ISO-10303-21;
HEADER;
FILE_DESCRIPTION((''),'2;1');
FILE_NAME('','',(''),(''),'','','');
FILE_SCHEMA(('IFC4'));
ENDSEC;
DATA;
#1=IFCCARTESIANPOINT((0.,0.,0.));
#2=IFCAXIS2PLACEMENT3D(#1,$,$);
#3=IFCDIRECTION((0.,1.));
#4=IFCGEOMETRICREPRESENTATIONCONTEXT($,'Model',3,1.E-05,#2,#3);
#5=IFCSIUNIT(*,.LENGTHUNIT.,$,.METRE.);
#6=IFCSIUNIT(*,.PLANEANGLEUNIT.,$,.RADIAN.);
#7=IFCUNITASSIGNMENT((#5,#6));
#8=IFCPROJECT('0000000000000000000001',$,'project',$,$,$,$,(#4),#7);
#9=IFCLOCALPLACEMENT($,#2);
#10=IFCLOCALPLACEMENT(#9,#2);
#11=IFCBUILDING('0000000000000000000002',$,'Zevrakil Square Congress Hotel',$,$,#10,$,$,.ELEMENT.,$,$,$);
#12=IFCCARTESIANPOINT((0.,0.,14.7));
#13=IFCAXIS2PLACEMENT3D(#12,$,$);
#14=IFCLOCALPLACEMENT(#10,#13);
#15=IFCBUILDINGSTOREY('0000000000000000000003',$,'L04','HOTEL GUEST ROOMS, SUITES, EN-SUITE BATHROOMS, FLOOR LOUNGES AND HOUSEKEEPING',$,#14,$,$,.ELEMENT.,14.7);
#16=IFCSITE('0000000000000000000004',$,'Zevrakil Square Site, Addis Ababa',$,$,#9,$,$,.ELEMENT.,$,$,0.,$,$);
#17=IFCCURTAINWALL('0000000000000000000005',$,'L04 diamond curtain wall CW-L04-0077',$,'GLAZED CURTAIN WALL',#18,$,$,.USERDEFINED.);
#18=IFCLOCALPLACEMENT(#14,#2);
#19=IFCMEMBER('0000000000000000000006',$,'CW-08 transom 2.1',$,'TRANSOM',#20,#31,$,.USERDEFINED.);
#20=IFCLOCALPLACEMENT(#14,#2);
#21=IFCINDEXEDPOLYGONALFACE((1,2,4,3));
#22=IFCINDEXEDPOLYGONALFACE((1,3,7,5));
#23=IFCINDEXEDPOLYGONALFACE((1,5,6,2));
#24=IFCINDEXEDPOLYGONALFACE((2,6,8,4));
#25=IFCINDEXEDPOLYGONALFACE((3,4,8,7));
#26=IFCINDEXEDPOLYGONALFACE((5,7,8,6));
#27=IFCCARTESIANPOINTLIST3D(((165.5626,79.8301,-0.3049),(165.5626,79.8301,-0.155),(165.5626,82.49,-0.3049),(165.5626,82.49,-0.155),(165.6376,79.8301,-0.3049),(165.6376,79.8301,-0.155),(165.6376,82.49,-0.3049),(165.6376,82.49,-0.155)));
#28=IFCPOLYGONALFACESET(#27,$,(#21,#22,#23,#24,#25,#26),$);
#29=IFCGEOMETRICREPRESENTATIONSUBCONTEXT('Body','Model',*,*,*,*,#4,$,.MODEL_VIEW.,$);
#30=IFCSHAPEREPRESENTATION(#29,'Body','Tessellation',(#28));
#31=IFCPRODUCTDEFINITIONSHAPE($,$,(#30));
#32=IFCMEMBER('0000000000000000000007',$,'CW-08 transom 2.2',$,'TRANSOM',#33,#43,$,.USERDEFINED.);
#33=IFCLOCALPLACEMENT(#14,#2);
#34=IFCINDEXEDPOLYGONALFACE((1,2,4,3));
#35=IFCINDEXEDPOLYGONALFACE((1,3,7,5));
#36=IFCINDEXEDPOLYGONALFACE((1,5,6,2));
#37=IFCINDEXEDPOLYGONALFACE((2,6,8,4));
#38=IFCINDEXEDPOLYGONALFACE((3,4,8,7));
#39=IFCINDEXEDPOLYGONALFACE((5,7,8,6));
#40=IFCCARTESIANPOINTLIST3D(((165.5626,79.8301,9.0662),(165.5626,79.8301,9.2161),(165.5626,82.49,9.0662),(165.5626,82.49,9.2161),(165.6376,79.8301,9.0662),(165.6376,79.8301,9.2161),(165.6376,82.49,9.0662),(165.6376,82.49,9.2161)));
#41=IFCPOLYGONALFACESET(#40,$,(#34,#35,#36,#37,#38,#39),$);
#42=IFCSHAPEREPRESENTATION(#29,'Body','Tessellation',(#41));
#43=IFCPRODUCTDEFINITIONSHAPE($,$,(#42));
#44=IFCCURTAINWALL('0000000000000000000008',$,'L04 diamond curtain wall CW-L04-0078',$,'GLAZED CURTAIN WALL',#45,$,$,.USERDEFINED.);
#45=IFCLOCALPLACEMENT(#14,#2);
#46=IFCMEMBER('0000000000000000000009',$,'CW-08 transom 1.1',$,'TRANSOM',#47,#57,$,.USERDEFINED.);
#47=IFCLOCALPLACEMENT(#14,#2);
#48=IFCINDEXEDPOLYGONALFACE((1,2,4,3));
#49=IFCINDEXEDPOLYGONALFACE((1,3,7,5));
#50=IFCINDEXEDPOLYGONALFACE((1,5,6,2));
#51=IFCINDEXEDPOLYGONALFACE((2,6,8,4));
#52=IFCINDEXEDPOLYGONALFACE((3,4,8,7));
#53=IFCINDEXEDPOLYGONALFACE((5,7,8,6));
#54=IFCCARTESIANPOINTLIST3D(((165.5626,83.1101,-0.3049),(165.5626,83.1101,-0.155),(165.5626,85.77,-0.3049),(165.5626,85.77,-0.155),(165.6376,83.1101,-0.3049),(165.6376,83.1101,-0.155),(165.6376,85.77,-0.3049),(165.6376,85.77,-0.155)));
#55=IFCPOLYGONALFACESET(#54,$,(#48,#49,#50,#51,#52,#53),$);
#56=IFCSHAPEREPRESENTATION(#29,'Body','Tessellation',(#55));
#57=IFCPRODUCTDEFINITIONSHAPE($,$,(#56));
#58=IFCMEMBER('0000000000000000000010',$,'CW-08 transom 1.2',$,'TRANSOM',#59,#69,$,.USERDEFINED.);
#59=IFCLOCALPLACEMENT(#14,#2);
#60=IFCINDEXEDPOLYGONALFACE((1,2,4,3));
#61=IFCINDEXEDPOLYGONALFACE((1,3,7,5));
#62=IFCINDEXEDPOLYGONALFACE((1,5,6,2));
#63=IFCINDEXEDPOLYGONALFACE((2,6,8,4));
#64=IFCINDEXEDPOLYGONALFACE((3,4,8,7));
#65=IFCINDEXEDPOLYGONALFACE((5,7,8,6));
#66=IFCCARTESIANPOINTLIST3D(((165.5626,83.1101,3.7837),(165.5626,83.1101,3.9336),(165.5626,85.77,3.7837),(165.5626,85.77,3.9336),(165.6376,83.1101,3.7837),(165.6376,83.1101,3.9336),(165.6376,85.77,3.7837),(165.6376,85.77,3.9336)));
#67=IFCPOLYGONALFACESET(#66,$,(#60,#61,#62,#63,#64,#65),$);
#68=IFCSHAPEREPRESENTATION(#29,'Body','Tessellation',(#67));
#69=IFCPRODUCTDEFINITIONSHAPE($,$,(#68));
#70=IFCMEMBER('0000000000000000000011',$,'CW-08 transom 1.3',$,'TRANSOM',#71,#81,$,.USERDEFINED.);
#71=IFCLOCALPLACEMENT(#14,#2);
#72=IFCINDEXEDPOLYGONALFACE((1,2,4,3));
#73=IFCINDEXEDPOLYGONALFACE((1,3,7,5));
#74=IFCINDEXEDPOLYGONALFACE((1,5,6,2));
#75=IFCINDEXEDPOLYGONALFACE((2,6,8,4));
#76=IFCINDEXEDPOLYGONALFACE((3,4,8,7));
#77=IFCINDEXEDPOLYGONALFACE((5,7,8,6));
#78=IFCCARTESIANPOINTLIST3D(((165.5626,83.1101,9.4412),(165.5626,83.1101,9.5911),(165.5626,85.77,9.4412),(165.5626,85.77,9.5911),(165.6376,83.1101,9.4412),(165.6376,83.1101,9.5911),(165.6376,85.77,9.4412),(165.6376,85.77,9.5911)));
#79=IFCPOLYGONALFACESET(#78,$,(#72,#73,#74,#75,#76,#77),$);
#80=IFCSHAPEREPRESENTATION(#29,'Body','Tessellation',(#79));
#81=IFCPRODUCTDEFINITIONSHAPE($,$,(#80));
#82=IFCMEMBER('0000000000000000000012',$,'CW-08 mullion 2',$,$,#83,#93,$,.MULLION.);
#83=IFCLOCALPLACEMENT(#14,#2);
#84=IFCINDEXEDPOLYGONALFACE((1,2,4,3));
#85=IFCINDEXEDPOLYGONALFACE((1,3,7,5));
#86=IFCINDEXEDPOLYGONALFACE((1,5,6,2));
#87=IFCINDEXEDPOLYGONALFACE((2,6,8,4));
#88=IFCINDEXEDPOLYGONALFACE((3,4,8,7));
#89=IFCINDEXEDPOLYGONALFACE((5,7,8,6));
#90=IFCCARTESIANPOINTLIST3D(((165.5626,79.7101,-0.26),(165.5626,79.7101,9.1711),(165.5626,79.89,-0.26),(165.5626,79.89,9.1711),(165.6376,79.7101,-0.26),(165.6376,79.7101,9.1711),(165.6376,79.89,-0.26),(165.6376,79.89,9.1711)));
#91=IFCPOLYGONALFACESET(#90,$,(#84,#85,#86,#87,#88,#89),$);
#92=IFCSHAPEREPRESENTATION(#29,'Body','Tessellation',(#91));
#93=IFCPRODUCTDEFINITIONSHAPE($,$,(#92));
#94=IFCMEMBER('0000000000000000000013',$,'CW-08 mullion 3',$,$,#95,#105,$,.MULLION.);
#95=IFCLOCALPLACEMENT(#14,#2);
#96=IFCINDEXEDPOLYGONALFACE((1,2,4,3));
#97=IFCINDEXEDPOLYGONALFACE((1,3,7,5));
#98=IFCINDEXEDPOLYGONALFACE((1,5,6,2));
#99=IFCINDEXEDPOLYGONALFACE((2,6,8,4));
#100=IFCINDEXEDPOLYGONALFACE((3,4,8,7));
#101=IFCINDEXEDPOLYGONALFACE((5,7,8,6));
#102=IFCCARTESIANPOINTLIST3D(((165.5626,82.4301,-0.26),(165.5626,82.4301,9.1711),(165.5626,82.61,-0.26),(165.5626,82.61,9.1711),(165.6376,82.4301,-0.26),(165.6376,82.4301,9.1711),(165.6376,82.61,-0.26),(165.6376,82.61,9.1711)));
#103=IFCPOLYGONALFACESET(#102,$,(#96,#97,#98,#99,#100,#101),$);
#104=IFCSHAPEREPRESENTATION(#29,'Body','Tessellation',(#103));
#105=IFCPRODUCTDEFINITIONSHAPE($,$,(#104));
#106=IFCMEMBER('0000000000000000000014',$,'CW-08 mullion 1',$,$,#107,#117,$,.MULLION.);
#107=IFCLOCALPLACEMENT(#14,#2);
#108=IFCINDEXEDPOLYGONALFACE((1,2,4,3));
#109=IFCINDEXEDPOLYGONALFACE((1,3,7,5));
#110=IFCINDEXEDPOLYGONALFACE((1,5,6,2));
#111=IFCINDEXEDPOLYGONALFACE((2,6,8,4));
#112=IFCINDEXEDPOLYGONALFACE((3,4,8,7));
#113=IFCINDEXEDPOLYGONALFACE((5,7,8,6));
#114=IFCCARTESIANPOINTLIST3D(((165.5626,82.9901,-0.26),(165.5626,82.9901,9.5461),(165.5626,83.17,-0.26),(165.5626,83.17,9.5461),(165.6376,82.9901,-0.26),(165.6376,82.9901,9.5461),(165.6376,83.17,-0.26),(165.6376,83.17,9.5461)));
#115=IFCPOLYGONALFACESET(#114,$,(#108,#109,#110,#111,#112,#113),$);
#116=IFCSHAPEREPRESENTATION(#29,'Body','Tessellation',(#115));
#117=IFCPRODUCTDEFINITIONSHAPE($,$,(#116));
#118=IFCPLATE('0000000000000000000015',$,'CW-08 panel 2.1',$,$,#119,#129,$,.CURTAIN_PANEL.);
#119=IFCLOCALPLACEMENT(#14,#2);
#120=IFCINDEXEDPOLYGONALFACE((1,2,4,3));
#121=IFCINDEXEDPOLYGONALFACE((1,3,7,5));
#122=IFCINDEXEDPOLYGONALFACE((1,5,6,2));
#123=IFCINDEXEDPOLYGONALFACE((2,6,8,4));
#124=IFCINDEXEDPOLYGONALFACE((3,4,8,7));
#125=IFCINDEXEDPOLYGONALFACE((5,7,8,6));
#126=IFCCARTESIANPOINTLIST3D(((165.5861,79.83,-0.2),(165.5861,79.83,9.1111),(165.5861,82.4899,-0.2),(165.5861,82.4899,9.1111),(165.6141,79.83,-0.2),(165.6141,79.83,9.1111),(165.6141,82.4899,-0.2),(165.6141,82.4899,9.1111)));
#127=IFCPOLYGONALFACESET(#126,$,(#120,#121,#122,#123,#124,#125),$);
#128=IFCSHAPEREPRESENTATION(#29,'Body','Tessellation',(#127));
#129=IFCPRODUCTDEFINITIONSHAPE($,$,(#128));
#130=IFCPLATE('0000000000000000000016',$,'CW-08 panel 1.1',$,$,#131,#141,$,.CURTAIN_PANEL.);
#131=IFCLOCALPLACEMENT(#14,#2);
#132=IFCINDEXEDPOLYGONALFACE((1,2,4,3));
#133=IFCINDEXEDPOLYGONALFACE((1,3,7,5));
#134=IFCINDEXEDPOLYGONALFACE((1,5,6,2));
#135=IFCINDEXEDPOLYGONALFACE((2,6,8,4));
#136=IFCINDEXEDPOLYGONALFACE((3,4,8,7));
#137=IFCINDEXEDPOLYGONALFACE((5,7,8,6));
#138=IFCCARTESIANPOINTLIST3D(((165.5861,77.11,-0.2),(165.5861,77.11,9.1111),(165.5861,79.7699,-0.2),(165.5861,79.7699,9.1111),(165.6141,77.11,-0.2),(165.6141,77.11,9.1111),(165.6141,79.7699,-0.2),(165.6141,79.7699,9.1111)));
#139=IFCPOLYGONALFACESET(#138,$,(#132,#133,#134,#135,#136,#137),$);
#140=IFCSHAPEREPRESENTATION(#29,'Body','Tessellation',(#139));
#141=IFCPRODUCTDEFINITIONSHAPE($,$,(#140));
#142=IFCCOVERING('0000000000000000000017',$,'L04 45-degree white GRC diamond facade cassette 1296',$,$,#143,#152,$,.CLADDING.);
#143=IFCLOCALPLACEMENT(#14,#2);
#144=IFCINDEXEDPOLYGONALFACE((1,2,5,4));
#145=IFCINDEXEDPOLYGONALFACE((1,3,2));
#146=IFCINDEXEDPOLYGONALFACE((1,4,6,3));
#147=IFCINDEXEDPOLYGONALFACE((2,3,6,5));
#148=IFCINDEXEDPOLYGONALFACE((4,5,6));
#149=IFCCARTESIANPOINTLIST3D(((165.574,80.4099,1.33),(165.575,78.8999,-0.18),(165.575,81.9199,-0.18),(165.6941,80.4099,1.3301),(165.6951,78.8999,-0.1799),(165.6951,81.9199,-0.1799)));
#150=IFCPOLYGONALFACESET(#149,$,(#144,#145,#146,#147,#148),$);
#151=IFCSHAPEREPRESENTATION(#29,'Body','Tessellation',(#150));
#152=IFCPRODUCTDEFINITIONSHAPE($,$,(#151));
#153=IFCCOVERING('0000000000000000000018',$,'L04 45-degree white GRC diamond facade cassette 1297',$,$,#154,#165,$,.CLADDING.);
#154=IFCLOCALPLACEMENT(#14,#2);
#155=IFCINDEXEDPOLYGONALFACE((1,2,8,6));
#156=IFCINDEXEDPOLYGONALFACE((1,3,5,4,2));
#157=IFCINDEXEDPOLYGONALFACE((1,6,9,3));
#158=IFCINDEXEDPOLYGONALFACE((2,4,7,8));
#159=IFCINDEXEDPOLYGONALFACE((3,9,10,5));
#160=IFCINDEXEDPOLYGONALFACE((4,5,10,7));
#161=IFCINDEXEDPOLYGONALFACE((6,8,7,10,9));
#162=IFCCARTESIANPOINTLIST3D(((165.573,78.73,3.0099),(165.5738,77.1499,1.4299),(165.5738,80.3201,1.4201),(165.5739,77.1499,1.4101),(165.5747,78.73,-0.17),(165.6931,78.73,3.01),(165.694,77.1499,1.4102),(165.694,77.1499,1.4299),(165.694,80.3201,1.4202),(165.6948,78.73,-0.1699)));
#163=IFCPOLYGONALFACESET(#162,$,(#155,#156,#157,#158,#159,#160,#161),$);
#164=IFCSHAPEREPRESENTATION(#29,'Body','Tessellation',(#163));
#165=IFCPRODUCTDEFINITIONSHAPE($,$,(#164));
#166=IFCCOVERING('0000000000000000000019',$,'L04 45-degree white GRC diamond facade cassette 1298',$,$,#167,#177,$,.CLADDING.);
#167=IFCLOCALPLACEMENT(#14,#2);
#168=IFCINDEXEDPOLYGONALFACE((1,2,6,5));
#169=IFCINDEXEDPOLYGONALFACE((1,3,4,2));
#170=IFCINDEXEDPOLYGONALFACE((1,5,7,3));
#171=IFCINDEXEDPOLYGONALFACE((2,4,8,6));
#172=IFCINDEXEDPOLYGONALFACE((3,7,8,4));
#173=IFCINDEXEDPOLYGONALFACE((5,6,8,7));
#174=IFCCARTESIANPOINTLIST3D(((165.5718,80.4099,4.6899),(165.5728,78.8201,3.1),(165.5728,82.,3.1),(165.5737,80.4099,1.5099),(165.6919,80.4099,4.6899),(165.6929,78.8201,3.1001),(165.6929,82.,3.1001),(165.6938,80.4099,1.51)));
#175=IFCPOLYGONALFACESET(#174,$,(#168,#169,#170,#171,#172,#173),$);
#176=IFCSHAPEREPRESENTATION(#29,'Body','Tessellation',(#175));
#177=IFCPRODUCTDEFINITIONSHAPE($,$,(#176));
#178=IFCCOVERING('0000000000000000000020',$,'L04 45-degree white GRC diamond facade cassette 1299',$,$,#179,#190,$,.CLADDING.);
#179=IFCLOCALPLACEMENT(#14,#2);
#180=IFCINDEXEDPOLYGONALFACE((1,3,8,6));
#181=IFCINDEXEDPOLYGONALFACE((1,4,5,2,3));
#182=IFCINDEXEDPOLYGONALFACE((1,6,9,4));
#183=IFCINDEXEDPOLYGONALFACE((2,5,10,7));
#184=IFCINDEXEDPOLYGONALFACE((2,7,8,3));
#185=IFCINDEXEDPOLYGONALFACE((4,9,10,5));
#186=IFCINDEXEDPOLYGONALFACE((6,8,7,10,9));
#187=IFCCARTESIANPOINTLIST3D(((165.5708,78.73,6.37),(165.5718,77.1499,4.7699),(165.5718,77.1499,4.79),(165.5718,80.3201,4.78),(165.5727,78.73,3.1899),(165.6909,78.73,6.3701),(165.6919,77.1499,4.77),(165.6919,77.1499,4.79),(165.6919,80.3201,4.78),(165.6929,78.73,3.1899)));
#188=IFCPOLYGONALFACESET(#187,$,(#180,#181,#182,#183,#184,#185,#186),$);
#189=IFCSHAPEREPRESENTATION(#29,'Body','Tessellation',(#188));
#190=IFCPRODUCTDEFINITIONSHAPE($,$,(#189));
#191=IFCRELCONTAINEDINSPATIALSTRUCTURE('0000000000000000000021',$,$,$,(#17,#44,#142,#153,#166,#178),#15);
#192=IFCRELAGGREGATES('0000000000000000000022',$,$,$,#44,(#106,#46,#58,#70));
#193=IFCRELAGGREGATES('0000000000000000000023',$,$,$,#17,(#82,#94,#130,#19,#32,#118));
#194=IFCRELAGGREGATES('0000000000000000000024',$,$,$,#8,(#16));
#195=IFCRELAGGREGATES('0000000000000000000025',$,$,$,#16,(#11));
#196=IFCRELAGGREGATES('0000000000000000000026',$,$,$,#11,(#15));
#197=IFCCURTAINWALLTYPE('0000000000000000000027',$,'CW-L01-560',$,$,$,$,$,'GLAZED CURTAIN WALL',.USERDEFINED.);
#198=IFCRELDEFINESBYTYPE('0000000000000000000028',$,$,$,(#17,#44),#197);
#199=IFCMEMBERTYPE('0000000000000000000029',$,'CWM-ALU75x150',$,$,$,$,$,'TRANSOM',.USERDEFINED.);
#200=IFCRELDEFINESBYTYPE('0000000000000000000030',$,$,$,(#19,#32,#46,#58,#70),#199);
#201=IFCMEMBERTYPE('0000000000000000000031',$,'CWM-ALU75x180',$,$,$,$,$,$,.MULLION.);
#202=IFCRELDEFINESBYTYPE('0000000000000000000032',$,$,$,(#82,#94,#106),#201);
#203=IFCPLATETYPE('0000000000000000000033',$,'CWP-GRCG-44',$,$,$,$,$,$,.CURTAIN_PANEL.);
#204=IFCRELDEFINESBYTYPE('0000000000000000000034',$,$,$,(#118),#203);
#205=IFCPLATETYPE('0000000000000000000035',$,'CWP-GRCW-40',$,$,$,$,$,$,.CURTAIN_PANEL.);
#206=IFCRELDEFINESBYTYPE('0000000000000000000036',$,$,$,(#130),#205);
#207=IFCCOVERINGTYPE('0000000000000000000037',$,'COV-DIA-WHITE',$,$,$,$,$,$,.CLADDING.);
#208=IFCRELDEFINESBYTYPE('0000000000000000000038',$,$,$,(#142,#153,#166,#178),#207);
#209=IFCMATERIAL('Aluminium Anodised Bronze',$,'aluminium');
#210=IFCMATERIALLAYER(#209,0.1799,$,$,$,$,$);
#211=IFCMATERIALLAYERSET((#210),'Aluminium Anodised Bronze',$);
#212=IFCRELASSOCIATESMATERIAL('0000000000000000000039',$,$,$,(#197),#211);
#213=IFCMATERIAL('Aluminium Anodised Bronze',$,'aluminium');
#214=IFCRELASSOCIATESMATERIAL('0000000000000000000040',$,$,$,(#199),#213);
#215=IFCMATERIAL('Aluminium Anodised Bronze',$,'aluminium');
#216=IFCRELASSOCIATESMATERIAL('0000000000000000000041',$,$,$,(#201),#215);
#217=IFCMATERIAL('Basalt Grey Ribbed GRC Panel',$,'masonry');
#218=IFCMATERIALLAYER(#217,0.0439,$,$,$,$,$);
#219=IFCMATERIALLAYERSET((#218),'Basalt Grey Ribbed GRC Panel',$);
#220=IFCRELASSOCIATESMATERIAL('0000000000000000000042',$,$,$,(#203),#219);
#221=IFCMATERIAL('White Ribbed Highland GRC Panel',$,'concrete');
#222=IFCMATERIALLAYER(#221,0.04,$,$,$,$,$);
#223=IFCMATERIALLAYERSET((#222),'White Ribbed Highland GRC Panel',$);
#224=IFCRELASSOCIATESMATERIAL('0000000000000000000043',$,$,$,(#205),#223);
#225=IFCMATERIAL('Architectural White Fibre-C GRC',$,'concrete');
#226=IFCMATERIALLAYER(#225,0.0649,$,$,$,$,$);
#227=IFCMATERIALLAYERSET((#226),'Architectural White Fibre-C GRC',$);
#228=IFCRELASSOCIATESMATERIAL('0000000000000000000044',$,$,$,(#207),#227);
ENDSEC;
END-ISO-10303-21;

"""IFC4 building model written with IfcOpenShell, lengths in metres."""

from ifc_helpers import new_model, si_unit, direction, frame, origin, origin_2d, place, context, subcontext, project, spatial, polyline, rectangle, outline, extrude, material, layer, layer_set, material_profile, profile_set, type_object, element, aggregate, save


model = new_model("IFC4")

# Units and contexts
model_context = context("Model", 3, precision=1e-05, world=origin(), true_north=direction((0.0, 1.0)))
body_context = subcontext(model_context, "Body", "Model", "MODEL_VIEW")
ifc_project = project(units=[si_unit("LENGTHUNIT", "METRE"), si_unit("PLANEANGLEUNIT", "RADIAN")], contexts=[model_context])

# Site, building, storey
site_placement = place(None, origin())
site = spatial("IfcSite", under=ifc_project, at=site_placement, Name="Zevrakil Square Site, Addis Ababa", CompositionType="ELEMENT", RefElevation=0.0)
building_placement = place(site_placement, origin())
building = spatial("IfcBuilding", under=site, at=building_placement, Name="Zevrakil Square Congress Hotel", CompositionType="ELEMENT")
storey_placement = place(building_placement, frame((0.0, 0.0, 14.7)))
storey = spatial("IfcBuildingStorey", under=building, at=storey_placement, Name="L04", Description="HOTEL GUEST ROOMS, SUITES, EN-SUITE BATHROOMS, FLOOR LOUNGES AND HOUSEKEEPING", CompositionType="ELEMENT", Elevation=14.7)

# Curtain walls, members
ifc_material_1 = material(Name="Aluminium Anodised Bronze", Category="aluminium")
ifc_layer_1 = layer(ifc_material_1, 0.1799)
ifc_layer_set_1 = layer_set([ifc_layer_1], Name="Aluminium Anodised Bronze")
curtain_wall_type = type_object("IfcCurtainWallType", Name="CW-L01-560", ElementType="GLAZED CURTAIN WALL", PredefinedType="USERDEFINED", material=ifc_layer_set_1)
curtain_wall_1_placement = place(storey_placement, origin())
curtain_wall_1 = element("IfcCurtainWall", 1, at=curtain_wall_1_placement, inside=storey, type_object=curtain_wall_type, Name="L04 diamond curtain wall CW-L04-0077", ObjectType="GLAZED CURTAIN WALL", PredefinedType="USERDEFINED")
ifc_material_2 = material(Name="Aluminium Anodised Bronze", Category="aluminium")
ifc_material_profile_1 = material_profile(ifc_material_2, rectangle(XDim=0.075, YDim=0.1499, at=origin_2d()), Name="ALU 75x150")
ifc_profile_set_1 = profile_set([ifc_material_profile_1], Name="Aluminium Anodised Bronze")
member_type_1 = type_object("IfcMemberType", Name="CWM-ALU75x150", ElementType="TRANSOM", PredefinedType="USERDEFINED", material=ifc_profile_set_1)
member_1_placement = place(storey_placement, frame((165.6001, 79.8301, -0.23), z_axis=(0.0, 1.0, 0.0), x_axis=(-1.0, 0.0, 0.0)))
member_1 = element("IfcMember", 2, at=member_1_placement, type_object=member_type_1, Name="CW-08 transom 2.1", ObjectType="TRANSOM", PredefinedType="USERDEFINED", context=body_context, shape_type="SweptSolid", body=[
    extrude(rectangle(XDim=0.075, YDim=0.1499, at=origin_2d()), origin(), (0.0, 0.0, 1.0), 2.6599),
])
member_2_placement = place(storey_placement, frame((165.6001, 79.8301, 9.1411), z_axis=(0.0, 1.0, 0.0), x_axis=(-1.0, 0.0, 0.0)))
member_2 = element("IfcMember", 3, at=member_2_placement, type_object=member_type_1, Name="CW-08 transom 2.2", ObjectType="TRANSOM", PredefinedType="USERDEFINED", context=body_context, shape_type="SweptSolid", body=[
    extrude(rectangle(XDim=0.075, YDim=0.1499, at=origin_2d()), origin(), (0.0, 0.0, 1.0), 2.6599),
])
curtain_wall_2_placement = place(storey_placement, origin())
curtain_wall_2 = element("IfcCurtainWall", 4, at=curtain_wall_2_placement, inside=storey, type_object=curtain_wall_type, Name="L04 diamond curtain wall CW-L04-0078", ObjectType="GLAZED CURTAIN WALL", PredefinedType="USERDEFINED")
member_3_placement = place(storey_placement, frame((165.6001, 83.1101, -0.23), z_axis=(0.0, 1.0, 0.0), x_axis=(-1.0, 0.0, 0.0)))
member_3 = element("IfcMember", 5, at=member_3_placement, type_object=member_type_1, Name="CW-08 transom 1.1", ObjectType="TRANSOM", PredefinedType="USERDEFINED", context=body_context, shape_type="SweptSolid", body=[
    extrude(rectangle(XDim=0.075, YDim=0.1499, at=origin_2d()), origin(), (0.0, 0.0, 1.0), 2.6599),
])
member_4_placement = place(storey_placement, frame((165.6001, 83.1101, 3.8586), z_axis=(0.0, 1.0, 0.0), x_axis=(-1.0, 0.0, 0.0)))
member_4 = element("IfcMember", 6, at=member_4_placement, type_object=member_type_1, Name="CW-08 transom 1.2", ObjectType="TRANSOM", PredefinedType="USERDEFINED", context=body_context, shape_type="SweptSolid", body=[
    extrude(rectangle(XDim=0.075, YDim=0.1499, at=origin_2d()), origin(), (0.0, 0.0, 1.0), 2.6599),
])
member_5_placement = place(storey_placement, frame((165.6001, 83.1101, 9.5161), z_axis=(0.0, 1.0, 0.0), x_axis=(-1.0, 0.0, 0.0)))
member_5 = element("IfcMember", 7, at=member_5_placement, type_object=member_type_1, Name="CW-08 transom 1.3", ObjectType="TRANSOM", PredefinedType="USERDEFINED", context=body_context, shape_type="SweptSolid", body=[
    extrude(rectangle(XDim=0.075, YDim=0.1499, at=origin_2d()), origin(), (0.0, 0.0, 1.0), 2.6599),
])

# Members
ifc_material_3 = material(Name="Aluminium Anodised Bronze", Category="aluminium")
ifc_material_profile_2 = material_profile(ifc_material_3, rectangle(XDim=0.075, YDim=0.1799, at=origin_2d()), Name="ALU 75x180")
ifc_profile_set_2 = profile_set([ifc_material_profile_2], Name="Aluminium Anodised Bronze")
member_type_2 = type_object("IfcMemberType", Name="CWM-ALU75x180", PredefinedType="MULLION", material=ifc_profile_set_2)
member_6_placement = place(storey_placement, frame((165.6001, 79.8, -0.26), z_axis=(0.0, 0.0, 1.0), x_axis=(-1.0, 0.0, 0.0)))
member_6 = element("IfcMember", 8, at=member_6_placement, type_object=member_type_2, Name="CW-08 mullion 2", PredefinedType="MULLION", context=body_context, shape_type="SweptSolid", body=[
    extrude(rectangle(XDim=0.075, YDim=0.1799, at=origin_2d()), origin(), (0.0, 0.0, 1.0), 9.4312),
])
member_7_placement = place(storey_placement, frame((165.6001, 82.52, -0.26), z_axis=(0.0, 0.0, 1.0), x_axis=(-1.0, 0.0, 0.0)))
member_7 = element("IfcMember", 9, at=member_7_placement, type_object=member_type_2, Name="CW-08 mullion 3", PredefinedType="MULLION", context=body_context, shape_type="SweptSolid", body=[
    extrude(rectangle(XDim=0.075, YDim=0.1799, at=origin_2d()), origin(), (0.0, 0.0, 1.0), 9.4312),
])
member_8_placement = place(storey_placement, frame((165.6001, 83.0801, -0.26), z_axis=(0.0, 0.0, 1.0), x_axis=(-1.0, 0.0, 0.0)))
member_8 = element("IfcMember", 10, at=member_8_placement, type_object=member_type_2, Name="CW-08 mullion 1", PredefinedType="MULLION", context=body_context, shape_type="SweptSolid", body=[
    extrude(rectangle(XDim=0.075, YDim=0.1799, at=origin_2d()), origin(), (0.0, 0.0, 1.0), 9.8062),
])
aggregate(curtain_wall_2, [member_8, member_3, member_4, member_5])

# Plates
ifc_material_4 = material(Name="Basalt Grey Ribbed GRC Panel", Category="masonry")
ifc_layer_2 = layer(ifc_material_4, 0.0439)
ifc_layer_set_2 = layer_set([ifc_layer_2], Name="Basalt Grey Ribbed GRC Panel")
plate_type_1 = type_object("IfcPlateType", Name="CWP-GRCG-44", PredefinedType="CURTAIN_PANEL", material=ifc_layer_set_2)
plate_1_placement = place(storey_placement, frame((165.6001, 81.1599, -0.2), z_axis=(0.0, 0.0, 1.0), x_axis=(0.0, 1.0, 0.0)))
plate_1 = element("IfcPlate", 11, at=plate_1_placement, type_object=plate_type_1, Name="CW-08 panel 2.1", PredefinedType="CURTAIN_PANEL", context=body_context, shape_type="SweptSolid", body=[
    extrude(rectangle(XDim=2.6599, YDim=0.0281, at=origin_2d()), origin(), (0.0, 0.0, 1.0), 9.311),
])
ifc_material_5 = material(Name="White Ribbed Highland GRC Panel", Category="concrete")
ifc_layer_3 = layer(ifc_material_5, 0.04)
ifc_layer_set_3 = layer_set([ifc_layer_3], Name="White Ribbed Highland GRC Panel")
plate_type_2 = type_object("IfcPlateType", Name="CWP-GRCW-40", PredefinedType="CURTAIN_PANEL", material=ifc_layer_set_3)
plate_2_placement = place(storey_placement, frame((165.6001, 78.4399, -0.2), z_axis=(0.0, 0.0, 1.0), x_axis=(0.0, 1.0, 0.0)))
plate_2 = element("IfcPlate", 12, at=plate_2_placement, type_object=plate_type_2, Name="CW-08 panel 1.1", PredefinedType="CURTAIN_PANEL", context=body_context, shape_type="SweptSolid", body=[
    extrude(rectangle(XDim=2.6599, YDim=0.0281, at=origin_2d()), origin(), (0.0, 0.0, 1.0), 9.311),
])
aggregate(curtain_wall_1, [member_6, member_7, plate_2, member_1, member_2, plate_1])

# Coverings
ifc_material_6 = material(Name="Architectural White Fibre-C GRC", Category="concrete")
ifc_layer_4 = layer(ifc_material_6, 0.0649)
ifc_layer_set_4 = layer_set([ifc_layer_4], Name="Architectural White Fibre-C GRC")
covering_type_1 = type_object("IfcCoveringType", Name="COV-DIA-WHITE", PredefinedType="CLADDING", material=ifc_layer_set_4)
covering_1_placement = place(storey_placement, frame((165.6941, 80.4099, 1.3301), z_axis=(1.0, 0.0, 0.000647), x_axis=(0.000457, 0.707107, -0.707107)))
element("IfcCovering", 13, at=covering_1_placement, inside=storey, type_object=covering_type_1, Name="L04 45-degree white GRC diamond facade cassette 1296", PredefinedType="CLADDING", context=body_context, shape_type="SweptSolid", body=[
    extrude(outline(polyline([(0.0, 0.0), (2.1355, 0.0), (0.0, -2.1355), (0.0, 0.0)])), origin(), (0.0, 0.0, -1.0), 0.1201),
])
covering_2_placement = place(storey_placement, frame((165.6931, 78.73, 3.01), z_axis=(1.0, 0.0, 0.000536), x_axis=(0.000379, 0.707161, -0.707052)))
element("IfcCovering", 14, at=covering_2_placement, inside=storey, type_object=covering_type_1, Name="L04 45-degree white GRC diamond facade cassette 1297", PredefinedType="CLADDING", context=body_context, shape_type="SweptSolid", body=[
    extrude(outline(polyline([(0.0, 0.0), (2.2486, 0.0), (2.2484, -2.2487), (0.0138, -2.2486), (-0.0002, -2.2346), (0.0, 0.0)])), origin(), (0.0, 0.0, -1.0), 0.1201),
])
covering_3_placement = place(storey_placement, frame((165.6919, 80.4099, 4.6899), z_axis=(1.0, 0.0, 0.000614), x_axis=(0.000434, 0.707161, -0.707052)))
element("IfcCovering", 15, at=covering_3_placement, inside=storey, type_object=covering_type_1, Name="L04 45-degree white GRC diamond facade cassette 1298", PredefinedType="CLADDING", context=body_context, shape_type="SweptSolid", body=[
    extrude(outline(polyline([(0.0, 0.0), (2.2486, 0.0), (2.2484, -2.2487), (-0.0002, -2.2484), (0.0, 0.0)])), origin(), (0.0, 0.0, -1.0), 0.1201),
])
covering_4_placement = place(storey_placement, frame((165.6909, 78.73, 6.3701), z_axis=(1.0, 0.0, 0.000612), x_axis=(0.000433, 0.707107, -0.707107)))
element("IfcCovering", 16, at=covering_4_placement, inside=storey, type_object=covering_type_1, Name="L04 45-degree white GRC diamond facade cassette 1299", PredefinedType="CLADDING", context=body_context, shape_type="SweptSolid", body=[
    extrude(outline(polyline([(0.0, 0.0), (2.2487, 0.0), (2.2487, -2.2487), (0.0142, -2.2487), (0.0, -2.2346), (0.0, 0.0)])), origin(), (0.0, 0.0, -1.0), 0.1201),
])

save(model, "model.ifc")
